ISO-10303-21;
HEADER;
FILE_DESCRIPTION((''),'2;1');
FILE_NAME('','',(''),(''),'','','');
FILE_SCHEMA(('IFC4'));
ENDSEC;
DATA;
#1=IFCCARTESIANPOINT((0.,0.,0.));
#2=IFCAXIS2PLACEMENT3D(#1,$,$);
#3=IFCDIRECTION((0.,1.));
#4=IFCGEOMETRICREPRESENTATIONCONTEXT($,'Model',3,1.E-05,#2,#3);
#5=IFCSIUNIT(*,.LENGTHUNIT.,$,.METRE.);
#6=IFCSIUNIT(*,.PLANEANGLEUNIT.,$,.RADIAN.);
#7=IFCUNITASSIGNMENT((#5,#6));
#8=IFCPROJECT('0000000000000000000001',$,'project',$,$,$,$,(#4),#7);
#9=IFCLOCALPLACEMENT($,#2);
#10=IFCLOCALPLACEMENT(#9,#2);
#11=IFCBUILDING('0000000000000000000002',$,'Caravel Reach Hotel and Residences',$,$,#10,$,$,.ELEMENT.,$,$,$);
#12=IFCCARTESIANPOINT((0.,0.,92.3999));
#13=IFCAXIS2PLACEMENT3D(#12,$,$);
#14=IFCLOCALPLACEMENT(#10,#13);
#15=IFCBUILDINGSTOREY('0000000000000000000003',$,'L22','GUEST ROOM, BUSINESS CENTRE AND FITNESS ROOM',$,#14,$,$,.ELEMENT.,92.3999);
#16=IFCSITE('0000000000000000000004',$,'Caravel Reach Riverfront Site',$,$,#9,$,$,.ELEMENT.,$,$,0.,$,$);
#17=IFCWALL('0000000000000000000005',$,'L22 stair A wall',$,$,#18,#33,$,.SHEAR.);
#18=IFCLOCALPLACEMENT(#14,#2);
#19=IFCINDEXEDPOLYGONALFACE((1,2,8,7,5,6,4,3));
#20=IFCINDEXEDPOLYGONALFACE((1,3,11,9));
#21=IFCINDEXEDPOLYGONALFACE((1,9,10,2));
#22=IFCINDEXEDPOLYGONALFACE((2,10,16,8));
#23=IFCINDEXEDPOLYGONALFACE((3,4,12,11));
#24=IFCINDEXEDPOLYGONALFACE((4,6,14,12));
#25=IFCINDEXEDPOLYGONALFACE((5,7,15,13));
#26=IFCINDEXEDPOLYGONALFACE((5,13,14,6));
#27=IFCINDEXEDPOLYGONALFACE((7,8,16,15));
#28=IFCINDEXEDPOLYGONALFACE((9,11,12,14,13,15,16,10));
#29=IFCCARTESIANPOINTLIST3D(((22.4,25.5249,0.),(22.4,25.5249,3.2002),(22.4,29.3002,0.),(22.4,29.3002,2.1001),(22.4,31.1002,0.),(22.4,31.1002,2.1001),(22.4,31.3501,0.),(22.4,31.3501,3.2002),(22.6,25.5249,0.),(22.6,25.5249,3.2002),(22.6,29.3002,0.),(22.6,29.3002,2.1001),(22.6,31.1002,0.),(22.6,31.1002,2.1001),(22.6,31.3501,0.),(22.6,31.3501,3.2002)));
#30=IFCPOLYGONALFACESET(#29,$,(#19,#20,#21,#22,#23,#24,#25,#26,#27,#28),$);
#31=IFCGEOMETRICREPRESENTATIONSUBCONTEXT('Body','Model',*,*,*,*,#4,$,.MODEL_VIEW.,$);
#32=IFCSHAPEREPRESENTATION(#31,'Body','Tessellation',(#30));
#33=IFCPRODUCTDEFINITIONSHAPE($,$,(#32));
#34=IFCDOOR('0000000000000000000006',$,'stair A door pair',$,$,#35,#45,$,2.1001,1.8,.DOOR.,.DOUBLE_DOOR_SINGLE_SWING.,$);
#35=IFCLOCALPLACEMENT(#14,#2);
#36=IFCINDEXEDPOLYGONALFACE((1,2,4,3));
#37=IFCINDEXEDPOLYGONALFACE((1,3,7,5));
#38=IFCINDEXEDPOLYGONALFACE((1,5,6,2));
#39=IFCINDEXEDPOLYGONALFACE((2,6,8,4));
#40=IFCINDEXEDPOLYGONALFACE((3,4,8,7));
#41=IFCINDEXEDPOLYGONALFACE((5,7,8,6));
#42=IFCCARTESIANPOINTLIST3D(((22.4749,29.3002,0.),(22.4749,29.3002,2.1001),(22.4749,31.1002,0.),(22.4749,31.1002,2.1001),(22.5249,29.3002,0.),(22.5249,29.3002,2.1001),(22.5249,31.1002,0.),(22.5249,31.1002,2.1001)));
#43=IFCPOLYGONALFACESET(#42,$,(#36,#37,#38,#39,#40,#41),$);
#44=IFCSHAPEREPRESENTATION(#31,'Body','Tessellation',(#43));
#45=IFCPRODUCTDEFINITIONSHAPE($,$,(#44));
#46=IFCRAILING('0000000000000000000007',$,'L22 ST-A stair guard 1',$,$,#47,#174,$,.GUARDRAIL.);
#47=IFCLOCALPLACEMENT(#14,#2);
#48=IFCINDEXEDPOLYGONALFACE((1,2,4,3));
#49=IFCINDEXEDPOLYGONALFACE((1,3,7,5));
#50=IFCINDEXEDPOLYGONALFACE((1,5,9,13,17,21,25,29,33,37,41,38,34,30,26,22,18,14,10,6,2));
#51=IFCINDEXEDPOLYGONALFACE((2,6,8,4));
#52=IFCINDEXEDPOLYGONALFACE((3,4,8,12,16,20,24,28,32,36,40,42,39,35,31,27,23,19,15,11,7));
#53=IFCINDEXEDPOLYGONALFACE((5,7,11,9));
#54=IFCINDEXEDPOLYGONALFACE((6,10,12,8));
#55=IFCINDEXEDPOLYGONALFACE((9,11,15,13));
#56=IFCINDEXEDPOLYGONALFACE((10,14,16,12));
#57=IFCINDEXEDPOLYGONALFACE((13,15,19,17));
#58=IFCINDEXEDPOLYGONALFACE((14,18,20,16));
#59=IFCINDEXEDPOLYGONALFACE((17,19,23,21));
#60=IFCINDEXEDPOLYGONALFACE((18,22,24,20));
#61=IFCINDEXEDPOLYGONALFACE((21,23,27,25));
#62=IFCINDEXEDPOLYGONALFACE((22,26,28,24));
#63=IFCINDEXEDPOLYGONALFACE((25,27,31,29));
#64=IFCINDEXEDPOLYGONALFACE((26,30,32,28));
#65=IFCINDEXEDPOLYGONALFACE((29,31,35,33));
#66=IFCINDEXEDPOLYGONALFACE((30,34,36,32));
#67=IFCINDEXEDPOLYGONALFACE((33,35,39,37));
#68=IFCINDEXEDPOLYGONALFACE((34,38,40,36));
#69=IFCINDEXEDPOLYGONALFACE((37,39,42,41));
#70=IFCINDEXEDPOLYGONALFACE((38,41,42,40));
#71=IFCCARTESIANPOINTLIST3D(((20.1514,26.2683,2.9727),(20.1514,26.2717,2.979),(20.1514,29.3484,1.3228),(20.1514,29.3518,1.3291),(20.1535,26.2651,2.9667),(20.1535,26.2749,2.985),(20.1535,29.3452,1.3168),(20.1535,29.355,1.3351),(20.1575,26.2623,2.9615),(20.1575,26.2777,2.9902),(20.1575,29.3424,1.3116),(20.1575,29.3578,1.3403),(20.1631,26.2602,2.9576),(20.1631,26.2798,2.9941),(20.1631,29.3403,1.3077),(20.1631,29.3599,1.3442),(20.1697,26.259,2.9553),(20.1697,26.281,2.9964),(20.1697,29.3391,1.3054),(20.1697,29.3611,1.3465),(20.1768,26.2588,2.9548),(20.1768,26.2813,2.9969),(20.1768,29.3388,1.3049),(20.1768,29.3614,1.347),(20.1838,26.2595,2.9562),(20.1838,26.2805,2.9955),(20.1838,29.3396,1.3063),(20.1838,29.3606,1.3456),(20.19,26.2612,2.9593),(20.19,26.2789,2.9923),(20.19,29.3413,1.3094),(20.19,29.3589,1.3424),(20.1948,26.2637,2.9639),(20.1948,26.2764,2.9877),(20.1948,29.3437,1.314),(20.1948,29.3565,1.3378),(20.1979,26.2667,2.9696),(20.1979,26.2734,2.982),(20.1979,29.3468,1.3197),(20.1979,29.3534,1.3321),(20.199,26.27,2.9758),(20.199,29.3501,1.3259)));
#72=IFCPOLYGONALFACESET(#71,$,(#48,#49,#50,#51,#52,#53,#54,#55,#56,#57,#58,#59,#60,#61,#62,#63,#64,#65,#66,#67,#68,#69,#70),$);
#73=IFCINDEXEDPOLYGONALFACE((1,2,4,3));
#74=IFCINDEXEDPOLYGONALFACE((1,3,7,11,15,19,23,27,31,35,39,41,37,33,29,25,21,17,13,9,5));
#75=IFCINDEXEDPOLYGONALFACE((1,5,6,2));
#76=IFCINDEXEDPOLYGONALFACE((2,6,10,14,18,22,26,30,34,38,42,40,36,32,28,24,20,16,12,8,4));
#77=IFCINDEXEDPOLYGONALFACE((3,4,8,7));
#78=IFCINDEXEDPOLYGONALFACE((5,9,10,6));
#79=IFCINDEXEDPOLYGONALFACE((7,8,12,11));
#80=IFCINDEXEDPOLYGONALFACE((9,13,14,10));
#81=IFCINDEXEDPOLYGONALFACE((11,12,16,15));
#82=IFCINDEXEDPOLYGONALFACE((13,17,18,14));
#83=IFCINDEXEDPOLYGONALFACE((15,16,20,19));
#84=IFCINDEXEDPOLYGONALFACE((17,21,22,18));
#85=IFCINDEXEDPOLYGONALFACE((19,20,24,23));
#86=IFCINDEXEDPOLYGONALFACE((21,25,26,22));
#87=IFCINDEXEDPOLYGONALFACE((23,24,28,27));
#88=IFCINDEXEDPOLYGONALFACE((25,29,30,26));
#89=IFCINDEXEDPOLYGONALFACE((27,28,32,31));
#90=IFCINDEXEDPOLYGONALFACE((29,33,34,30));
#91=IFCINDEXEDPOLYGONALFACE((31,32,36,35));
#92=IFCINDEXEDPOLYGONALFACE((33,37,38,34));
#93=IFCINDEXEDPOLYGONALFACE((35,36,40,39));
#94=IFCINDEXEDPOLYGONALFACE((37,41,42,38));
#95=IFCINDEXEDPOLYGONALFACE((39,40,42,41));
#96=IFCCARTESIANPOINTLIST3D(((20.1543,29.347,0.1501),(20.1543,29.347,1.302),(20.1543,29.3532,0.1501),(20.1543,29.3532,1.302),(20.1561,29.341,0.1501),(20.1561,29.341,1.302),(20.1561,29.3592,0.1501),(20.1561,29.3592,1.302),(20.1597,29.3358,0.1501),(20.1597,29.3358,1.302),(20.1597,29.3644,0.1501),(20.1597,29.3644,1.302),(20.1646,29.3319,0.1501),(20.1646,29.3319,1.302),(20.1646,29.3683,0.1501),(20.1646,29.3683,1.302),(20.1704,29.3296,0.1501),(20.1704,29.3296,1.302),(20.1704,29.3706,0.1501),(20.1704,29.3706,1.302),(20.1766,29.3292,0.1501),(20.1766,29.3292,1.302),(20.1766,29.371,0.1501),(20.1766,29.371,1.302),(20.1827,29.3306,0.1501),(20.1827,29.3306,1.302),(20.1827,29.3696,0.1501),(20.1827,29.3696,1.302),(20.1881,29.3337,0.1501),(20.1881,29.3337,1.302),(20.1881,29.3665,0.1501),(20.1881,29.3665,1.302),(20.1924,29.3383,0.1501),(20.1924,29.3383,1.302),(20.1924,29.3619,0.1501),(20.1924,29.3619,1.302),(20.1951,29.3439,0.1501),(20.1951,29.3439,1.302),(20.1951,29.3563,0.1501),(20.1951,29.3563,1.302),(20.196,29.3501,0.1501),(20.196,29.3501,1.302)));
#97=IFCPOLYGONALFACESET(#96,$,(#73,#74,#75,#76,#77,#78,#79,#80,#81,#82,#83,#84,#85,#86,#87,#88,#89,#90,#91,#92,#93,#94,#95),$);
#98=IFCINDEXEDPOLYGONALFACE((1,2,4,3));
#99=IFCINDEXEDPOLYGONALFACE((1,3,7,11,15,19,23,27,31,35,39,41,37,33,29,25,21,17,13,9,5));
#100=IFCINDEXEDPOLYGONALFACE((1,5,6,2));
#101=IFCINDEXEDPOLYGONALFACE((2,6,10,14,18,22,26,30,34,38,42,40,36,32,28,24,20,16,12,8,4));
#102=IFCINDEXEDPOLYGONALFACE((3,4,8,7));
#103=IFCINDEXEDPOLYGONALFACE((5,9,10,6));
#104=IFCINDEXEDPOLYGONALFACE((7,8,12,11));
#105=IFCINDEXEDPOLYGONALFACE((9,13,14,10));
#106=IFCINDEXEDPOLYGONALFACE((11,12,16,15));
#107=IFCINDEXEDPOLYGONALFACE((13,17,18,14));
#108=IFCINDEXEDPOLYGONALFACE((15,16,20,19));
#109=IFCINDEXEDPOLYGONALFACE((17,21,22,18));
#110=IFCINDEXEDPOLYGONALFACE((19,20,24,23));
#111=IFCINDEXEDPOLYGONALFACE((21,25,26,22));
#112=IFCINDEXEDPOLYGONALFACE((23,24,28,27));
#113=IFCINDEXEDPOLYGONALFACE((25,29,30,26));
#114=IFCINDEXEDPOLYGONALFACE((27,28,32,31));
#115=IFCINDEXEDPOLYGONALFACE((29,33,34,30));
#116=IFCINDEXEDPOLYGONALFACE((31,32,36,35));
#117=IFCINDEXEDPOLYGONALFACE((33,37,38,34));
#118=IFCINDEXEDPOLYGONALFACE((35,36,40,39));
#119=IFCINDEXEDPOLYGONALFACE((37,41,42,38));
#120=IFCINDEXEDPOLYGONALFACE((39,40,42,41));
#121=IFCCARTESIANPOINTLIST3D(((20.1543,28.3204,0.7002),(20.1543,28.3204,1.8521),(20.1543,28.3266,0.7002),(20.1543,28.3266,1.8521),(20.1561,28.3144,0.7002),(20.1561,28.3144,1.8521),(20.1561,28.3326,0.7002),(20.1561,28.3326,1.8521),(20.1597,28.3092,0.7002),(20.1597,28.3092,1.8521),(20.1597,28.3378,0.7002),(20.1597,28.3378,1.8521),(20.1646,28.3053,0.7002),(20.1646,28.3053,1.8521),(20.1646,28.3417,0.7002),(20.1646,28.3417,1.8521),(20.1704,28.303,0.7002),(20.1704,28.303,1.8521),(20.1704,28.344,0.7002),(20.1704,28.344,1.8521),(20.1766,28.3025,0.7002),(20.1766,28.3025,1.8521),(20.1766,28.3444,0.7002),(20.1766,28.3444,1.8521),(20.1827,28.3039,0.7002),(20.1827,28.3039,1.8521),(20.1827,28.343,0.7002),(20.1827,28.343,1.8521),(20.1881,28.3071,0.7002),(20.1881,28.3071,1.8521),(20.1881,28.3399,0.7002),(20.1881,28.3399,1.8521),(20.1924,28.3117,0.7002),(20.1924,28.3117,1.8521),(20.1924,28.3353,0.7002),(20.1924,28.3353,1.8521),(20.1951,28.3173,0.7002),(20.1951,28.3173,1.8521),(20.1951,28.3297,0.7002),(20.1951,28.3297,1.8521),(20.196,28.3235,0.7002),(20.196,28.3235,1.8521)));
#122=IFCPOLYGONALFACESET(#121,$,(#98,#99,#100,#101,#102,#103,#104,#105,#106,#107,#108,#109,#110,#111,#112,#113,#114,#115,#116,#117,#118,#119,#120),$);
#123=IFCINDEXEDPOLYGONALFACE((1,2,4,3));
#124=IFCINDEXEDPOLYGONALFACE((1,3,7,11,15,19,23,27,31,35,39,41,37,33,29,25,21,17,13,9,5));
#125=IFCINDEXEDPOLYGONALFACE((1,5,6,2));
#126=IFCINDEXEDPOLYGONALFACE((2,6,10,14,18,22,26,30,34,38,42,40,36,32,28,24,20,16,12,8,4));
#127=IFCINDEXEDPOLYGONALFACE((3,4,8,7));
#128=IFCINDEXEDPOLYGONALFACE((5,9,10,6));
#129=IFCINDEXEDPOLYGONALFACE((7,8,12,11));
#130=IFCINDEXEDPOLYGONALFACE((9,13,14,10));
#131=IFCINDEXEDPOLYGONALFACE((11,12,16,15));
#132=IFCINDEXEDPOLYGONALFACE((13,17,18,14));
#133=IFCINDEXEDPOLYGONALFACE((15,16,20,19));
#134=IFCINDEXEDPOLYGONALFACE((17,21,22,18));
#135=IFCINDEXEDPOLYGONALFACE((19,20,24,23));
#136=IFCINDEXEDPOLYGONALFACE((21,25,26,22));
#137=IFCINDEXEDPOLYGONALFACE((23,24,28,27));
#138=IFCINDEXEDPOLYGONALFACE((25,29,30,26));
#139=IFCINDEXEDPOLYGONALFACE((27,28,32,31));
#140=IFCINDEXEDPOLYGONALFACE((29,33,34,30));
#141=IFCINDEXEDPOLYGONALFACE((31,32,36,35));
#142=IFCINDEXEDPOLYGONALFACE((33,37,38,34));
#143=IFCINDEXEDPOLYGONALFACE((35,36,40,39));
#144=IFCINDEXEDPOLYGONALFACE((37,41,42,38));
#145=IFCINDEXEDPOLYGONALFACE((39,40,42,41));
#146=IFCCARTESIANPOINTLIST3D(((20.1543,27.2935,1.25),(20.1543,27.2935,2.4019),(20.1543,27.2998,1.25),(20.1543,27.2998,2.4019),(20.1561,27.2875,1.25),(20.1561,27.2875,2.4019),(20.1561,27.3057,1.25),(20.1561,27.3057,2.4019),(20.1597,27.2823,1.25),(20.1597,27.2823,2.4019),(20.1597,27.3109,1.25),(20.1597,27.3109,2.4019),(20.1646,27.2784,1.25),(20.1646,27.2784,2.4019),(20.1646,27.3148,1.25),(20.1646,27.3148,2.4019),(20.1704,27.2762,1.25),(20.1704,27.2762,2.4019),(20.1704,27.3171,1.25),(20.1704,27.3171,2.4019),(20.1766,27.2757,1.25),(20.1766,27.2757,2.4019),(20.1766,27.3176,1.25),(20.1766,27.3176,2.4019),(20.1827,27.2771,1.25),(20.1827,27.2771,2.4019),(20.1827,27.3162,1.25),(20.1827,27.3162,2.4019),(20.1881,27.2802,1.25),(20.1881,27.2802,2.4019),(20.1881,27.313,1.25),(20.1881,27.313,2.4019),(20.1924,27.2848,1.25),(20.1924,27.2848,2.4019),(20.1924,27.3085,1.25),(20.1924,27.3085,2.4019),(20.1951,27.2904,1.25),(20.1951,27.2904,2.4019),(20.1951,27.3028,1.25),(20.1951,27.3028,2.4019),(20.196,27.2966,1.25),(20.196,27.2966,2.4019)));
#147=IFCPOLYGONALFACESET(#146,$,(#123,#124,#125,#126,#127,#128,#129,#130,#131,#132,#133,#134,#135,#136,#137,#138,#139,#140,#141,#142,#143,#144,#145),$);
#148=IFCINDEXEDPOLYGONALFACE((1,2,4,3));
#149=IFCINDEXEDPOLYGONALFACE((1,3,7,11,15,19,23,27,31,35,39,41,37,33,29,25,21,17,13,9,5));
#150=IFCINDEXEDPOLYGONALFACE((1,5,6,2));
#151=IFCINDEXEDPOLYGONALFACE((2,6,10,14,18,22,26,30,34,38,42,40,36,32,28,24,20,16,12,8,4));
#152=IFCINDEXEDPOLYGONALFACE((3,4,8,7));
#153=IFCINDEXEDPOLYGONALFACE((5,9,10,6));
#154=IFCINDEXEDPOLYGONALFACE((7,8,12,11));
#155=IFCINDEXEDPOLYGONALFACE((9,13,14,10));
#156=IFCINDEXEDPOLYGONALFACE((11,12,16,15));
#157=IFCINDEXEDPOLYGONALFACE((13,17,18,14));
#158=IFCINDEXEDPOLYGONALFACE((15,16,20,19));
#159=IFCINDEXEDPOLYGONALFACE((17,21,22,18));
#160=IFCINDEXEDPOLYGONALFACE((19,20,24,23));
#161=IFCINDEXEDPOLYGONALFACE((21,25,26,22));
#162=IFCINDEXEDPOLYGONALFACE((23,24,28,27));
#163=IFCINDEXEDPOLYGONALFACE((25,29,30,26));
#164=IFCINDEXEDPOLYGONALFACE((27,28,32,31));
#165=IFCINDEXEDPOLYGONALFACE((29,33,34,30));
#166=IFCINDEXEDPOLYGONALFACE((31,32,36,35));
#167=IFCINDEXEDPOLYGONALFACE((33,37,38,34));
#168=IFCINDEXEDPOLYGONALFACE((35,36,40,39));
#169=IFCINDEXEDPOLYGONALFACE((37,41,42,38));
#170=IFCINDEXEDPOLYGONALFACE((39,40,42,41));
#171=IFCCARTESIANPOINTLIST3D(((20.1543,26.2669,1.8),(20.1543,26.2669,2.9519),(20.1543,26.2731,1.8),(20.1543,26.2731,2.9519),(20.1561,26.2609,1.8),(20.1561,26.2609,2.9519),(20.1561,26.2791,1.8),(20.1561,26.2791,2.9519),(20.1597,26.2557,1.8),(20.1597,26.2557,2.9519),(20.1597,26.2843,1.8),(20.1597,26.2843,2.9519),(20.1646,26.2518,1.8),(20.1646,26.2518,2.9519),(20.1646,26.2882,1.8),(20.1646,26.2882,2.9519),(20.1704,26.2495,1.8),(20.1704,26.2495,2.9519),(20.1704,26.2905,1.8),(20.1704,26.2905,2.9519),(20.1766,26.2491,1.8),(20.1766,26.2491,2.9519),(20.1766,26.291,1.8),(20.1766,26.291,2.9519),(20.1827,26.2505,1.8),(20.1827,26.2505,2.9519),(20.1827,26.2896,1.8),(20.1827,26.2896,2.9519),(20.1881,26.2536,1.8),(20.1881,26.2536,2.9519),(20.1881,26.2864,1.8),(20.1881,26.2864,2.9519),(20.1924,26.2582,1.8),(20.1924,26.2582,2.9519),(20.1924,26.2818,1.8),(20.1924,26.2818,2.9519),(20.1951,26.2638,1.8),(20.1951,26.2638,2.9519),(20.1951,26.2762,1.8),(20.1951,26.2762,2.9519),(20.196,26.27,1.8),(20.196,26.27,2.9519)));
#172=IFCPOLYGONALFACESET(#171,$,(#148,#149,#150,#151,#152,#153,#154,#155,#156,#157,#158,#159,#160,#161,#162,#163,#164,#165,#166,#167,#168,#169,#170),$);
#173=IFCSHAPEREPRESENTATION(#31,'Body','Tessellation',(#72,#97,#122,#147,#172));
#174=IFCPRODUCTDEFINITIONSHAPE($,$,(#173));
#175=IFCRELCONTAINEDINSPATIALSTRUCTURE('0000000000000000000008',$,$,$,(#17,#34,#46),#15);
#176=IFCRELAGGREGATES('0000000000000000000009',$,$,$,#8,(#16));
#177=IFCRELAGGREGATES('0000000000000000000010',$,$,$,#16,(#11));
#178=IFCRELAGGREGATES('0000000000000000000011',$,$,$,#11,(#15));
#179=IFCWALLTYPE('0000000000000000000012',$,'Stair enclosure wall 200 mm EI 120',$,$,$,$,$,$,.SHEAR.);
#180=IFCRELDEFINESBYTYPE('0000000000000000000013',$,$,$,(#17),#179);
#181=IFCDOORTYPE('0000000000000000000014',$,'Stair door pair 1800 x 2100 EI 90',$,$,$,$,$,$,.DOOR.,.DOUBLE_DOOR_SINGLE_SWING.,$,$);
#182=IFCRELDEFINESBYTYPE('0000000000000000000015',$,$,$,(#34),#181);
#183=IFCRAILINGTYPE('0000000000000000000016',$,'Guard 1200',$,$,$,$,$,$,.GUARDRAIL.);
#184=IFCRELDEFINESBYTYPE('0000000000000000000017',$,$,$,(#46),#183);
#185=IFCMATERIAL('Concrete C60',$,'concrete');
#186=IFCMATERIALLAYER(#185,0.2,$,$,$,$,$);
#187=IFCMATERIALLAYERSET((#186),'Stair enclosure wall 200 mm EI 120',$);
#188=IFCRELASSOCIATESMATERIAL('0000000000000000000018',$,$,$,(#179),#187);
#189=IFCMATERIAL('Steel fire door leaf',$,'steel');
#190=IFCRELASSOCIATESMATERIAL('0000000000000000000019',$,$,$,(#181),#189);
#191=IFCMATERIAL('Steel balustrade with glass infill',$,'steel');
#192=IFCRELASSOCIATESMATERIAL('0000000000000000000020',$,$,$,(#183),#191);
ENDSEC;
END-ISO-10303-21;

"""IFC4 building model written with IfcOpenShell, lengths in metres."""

from ifc_helpers import new_model, si_unit, direction, frame, frame_2d, origin, origin_2d, place, context, subcontext, project, spatial, rectangle, circle, extrude, material, layer, layer_set, type_object, element, fill, save


model = new_model("IFC4")

# Units and contexts
model_context = context("Model", 3, precision=1e-05, world=origin(), true_north=direction((0.0, 1.0)))
body_context = subcontext(model_context, "Body", "Model", "MODEL_VIEW")
ifc_project = project(units=[si_unit("LENGTHUNIT", "METRE"), si_unit("PLANEANGLEUNIT", "RADIAN")], contexts=[model_context])

# Site, building, storey
site_placement = place(None, origin())
site = spatial("IfcSite", under=ifc_project, at=site_placement, Name="Caravel Reach Riverfront Site", CompositionType="ELEMENT", RefElevation=0.0)
building_placement = place(site_placement, origin())
building = spatial("IfcBuilding", under=site, at=building_placement, Name="Caravel Reach Hotel and Residences", CompositionType="ELEMENT")
storey_placement = place(building_placement, frame((0.0, 0.0, 92.3999)))
storey = spatial("IfcBuildingStorey", under=building, at=storey_placement, Name="L22", Description="GUEST ROOM, BUSINESS CENTRE AND FITNESS ROOM", CompositionType="ELEMENT", Elevation=92.3999)

# Wall, opening, door
ifc_material_1 = material(Name="Concrete C60", Category="concrete")
ifc_layer_1 = layer(ifc_material_1, 0.2)
ifc_layer_set_1 = layer_set([ifc_layer_1], Name="Stair enclosure wall 200 mm EI 120")
wall_type_1 = type_object("IfcWallType", Name="Stair enclosure wall 200 mm EI 120", PredefinedType="SHEAR", material=ifc_layer_set_1)
wall_1_placement = place(storey_placement, frame((22.5, 31.3501, 0.0), z_axis=(0.0, 0.0, 1.0), x_axis=(0.0, -1.0, 0.0)))
wall_1 = element("IfcWall", 1, at=wall_1_placement, inside=storey, type_object=wall_type_1, Name="L22 stair A wall", PredefinedType="SHEAR", context=body_context, shape_type="SweptSolid", body=[
    extrude(rectangle(XDim=5.8252, YDim=0.2, at=frame_2d((2.9126, 0.0))), origin(), (0.0, 0.0, 1.0), 3.2002),
])
opening_1_placement = place(wall_1_placement, frame((0.25, 0.0, 0.0)))
opening_1 = element("IfcOpeningElement", 2, at=opening_1_placement, cuts=wall_1, PredefinedType="OPENING", context=body_context, shape_type="SweptSolid", body=[
    extrude(rectangle(XDim=1.8, YDim=2.1001, at=frame_2d((0.8999, 1.05))), frame((0.0, 0.1099, 0.0), z_axis=(0.0, -1.0, 0.0), x_axis=(1.0, 0.0, 0.0)), (0.0, 0.0, 1.0), 0.22),
])
ifc_material_2 = material(Name="Steel fire door leaf", Category="steel")
door_type_1 = type_object("IfcDoorType", Name="Stair door pair 1800 x 2100 EI 90", OperationType="DOUBLE_DOOR_SINGLE_SWING", PredefinedType="DOOR", material=ifc_material_2)
door_1_placement = place(opening_1_placement, origin())
door_1 = element("IfcDoor", 3, at=door_1_placement, inside=storey, type_object=door_type_1, Name="stair A door pair", OperationType="DOUBLE_DOOR_SINGLE_SWING", OverallHeight=2.1001, OverallWidth=1.8, PredefinedType="DOOR", context=body_context, shape_type="SweptSolid", body=[
    extrude(rectangle(XDim=1.8, YDim=2.1001, at=frame_2d((0.8999, 1.05))), frame((0.0, 0.0249, 0.0), z_axis=(0.0, -1.0, 0.0), x_axis=(1.0, 0.0, 0.0)), (0.0, 0.0, 1.0), 0.05),
])
fill(opening_1, door_1)

# Railing
ifc_material_3 = material(Name="Steel balustrade with glass infill", Category="steel")
railing_type_1 = type_object("IfcRailingType", Name="Guard 1200", PredefinedType="GUARDRAIL", material=ifc_material_3)
railing_1_placement = place(storey_placement, frame((20.175, 29.3501, 0.1501)))
element("IfcRailing", 4, at=railing_1_placement, inside=storey, type_object=railing_type_1, Name="L22 ST-A stair guard 1", PredefinedType="GUARDRAIL", context=body_context, shape_type="SweptSolid", body=[
    extrude(circle(Radius=0.0239, at=origin_2d()), frame((0.0, 0.0, 1.1758), z_axis=(0.0, -0.881497, 0.47219), x_axis=(1.0, 0.0, 0.0)), (0.0, 0.0, 1.0), 3.4941),
    extrude(circle(Radius=0.021, at=origin_2d()), origin(), (0.0, 0.0, 1.0), 1.1519),
    extrude(circle(Radius=0.021, at=origin_2d()), frame((0.0, -1.0266, 0.55)), (0.0, 0.0, 1.0), 1.1519),
    extrude(circle(Radius=0.021, at=origin_2d()), frame((0.0, -2.0535, 1.0999)), (0.0, 0.0, 1.0), 1.1519),
    extrude(circle(Radius=0.021, at=origin_2d()), frame((0.0, -3.0801, 1.6499)), (0.0, 0.0, 1.0), 1.1519),
])

save(model, "model.ifc")
